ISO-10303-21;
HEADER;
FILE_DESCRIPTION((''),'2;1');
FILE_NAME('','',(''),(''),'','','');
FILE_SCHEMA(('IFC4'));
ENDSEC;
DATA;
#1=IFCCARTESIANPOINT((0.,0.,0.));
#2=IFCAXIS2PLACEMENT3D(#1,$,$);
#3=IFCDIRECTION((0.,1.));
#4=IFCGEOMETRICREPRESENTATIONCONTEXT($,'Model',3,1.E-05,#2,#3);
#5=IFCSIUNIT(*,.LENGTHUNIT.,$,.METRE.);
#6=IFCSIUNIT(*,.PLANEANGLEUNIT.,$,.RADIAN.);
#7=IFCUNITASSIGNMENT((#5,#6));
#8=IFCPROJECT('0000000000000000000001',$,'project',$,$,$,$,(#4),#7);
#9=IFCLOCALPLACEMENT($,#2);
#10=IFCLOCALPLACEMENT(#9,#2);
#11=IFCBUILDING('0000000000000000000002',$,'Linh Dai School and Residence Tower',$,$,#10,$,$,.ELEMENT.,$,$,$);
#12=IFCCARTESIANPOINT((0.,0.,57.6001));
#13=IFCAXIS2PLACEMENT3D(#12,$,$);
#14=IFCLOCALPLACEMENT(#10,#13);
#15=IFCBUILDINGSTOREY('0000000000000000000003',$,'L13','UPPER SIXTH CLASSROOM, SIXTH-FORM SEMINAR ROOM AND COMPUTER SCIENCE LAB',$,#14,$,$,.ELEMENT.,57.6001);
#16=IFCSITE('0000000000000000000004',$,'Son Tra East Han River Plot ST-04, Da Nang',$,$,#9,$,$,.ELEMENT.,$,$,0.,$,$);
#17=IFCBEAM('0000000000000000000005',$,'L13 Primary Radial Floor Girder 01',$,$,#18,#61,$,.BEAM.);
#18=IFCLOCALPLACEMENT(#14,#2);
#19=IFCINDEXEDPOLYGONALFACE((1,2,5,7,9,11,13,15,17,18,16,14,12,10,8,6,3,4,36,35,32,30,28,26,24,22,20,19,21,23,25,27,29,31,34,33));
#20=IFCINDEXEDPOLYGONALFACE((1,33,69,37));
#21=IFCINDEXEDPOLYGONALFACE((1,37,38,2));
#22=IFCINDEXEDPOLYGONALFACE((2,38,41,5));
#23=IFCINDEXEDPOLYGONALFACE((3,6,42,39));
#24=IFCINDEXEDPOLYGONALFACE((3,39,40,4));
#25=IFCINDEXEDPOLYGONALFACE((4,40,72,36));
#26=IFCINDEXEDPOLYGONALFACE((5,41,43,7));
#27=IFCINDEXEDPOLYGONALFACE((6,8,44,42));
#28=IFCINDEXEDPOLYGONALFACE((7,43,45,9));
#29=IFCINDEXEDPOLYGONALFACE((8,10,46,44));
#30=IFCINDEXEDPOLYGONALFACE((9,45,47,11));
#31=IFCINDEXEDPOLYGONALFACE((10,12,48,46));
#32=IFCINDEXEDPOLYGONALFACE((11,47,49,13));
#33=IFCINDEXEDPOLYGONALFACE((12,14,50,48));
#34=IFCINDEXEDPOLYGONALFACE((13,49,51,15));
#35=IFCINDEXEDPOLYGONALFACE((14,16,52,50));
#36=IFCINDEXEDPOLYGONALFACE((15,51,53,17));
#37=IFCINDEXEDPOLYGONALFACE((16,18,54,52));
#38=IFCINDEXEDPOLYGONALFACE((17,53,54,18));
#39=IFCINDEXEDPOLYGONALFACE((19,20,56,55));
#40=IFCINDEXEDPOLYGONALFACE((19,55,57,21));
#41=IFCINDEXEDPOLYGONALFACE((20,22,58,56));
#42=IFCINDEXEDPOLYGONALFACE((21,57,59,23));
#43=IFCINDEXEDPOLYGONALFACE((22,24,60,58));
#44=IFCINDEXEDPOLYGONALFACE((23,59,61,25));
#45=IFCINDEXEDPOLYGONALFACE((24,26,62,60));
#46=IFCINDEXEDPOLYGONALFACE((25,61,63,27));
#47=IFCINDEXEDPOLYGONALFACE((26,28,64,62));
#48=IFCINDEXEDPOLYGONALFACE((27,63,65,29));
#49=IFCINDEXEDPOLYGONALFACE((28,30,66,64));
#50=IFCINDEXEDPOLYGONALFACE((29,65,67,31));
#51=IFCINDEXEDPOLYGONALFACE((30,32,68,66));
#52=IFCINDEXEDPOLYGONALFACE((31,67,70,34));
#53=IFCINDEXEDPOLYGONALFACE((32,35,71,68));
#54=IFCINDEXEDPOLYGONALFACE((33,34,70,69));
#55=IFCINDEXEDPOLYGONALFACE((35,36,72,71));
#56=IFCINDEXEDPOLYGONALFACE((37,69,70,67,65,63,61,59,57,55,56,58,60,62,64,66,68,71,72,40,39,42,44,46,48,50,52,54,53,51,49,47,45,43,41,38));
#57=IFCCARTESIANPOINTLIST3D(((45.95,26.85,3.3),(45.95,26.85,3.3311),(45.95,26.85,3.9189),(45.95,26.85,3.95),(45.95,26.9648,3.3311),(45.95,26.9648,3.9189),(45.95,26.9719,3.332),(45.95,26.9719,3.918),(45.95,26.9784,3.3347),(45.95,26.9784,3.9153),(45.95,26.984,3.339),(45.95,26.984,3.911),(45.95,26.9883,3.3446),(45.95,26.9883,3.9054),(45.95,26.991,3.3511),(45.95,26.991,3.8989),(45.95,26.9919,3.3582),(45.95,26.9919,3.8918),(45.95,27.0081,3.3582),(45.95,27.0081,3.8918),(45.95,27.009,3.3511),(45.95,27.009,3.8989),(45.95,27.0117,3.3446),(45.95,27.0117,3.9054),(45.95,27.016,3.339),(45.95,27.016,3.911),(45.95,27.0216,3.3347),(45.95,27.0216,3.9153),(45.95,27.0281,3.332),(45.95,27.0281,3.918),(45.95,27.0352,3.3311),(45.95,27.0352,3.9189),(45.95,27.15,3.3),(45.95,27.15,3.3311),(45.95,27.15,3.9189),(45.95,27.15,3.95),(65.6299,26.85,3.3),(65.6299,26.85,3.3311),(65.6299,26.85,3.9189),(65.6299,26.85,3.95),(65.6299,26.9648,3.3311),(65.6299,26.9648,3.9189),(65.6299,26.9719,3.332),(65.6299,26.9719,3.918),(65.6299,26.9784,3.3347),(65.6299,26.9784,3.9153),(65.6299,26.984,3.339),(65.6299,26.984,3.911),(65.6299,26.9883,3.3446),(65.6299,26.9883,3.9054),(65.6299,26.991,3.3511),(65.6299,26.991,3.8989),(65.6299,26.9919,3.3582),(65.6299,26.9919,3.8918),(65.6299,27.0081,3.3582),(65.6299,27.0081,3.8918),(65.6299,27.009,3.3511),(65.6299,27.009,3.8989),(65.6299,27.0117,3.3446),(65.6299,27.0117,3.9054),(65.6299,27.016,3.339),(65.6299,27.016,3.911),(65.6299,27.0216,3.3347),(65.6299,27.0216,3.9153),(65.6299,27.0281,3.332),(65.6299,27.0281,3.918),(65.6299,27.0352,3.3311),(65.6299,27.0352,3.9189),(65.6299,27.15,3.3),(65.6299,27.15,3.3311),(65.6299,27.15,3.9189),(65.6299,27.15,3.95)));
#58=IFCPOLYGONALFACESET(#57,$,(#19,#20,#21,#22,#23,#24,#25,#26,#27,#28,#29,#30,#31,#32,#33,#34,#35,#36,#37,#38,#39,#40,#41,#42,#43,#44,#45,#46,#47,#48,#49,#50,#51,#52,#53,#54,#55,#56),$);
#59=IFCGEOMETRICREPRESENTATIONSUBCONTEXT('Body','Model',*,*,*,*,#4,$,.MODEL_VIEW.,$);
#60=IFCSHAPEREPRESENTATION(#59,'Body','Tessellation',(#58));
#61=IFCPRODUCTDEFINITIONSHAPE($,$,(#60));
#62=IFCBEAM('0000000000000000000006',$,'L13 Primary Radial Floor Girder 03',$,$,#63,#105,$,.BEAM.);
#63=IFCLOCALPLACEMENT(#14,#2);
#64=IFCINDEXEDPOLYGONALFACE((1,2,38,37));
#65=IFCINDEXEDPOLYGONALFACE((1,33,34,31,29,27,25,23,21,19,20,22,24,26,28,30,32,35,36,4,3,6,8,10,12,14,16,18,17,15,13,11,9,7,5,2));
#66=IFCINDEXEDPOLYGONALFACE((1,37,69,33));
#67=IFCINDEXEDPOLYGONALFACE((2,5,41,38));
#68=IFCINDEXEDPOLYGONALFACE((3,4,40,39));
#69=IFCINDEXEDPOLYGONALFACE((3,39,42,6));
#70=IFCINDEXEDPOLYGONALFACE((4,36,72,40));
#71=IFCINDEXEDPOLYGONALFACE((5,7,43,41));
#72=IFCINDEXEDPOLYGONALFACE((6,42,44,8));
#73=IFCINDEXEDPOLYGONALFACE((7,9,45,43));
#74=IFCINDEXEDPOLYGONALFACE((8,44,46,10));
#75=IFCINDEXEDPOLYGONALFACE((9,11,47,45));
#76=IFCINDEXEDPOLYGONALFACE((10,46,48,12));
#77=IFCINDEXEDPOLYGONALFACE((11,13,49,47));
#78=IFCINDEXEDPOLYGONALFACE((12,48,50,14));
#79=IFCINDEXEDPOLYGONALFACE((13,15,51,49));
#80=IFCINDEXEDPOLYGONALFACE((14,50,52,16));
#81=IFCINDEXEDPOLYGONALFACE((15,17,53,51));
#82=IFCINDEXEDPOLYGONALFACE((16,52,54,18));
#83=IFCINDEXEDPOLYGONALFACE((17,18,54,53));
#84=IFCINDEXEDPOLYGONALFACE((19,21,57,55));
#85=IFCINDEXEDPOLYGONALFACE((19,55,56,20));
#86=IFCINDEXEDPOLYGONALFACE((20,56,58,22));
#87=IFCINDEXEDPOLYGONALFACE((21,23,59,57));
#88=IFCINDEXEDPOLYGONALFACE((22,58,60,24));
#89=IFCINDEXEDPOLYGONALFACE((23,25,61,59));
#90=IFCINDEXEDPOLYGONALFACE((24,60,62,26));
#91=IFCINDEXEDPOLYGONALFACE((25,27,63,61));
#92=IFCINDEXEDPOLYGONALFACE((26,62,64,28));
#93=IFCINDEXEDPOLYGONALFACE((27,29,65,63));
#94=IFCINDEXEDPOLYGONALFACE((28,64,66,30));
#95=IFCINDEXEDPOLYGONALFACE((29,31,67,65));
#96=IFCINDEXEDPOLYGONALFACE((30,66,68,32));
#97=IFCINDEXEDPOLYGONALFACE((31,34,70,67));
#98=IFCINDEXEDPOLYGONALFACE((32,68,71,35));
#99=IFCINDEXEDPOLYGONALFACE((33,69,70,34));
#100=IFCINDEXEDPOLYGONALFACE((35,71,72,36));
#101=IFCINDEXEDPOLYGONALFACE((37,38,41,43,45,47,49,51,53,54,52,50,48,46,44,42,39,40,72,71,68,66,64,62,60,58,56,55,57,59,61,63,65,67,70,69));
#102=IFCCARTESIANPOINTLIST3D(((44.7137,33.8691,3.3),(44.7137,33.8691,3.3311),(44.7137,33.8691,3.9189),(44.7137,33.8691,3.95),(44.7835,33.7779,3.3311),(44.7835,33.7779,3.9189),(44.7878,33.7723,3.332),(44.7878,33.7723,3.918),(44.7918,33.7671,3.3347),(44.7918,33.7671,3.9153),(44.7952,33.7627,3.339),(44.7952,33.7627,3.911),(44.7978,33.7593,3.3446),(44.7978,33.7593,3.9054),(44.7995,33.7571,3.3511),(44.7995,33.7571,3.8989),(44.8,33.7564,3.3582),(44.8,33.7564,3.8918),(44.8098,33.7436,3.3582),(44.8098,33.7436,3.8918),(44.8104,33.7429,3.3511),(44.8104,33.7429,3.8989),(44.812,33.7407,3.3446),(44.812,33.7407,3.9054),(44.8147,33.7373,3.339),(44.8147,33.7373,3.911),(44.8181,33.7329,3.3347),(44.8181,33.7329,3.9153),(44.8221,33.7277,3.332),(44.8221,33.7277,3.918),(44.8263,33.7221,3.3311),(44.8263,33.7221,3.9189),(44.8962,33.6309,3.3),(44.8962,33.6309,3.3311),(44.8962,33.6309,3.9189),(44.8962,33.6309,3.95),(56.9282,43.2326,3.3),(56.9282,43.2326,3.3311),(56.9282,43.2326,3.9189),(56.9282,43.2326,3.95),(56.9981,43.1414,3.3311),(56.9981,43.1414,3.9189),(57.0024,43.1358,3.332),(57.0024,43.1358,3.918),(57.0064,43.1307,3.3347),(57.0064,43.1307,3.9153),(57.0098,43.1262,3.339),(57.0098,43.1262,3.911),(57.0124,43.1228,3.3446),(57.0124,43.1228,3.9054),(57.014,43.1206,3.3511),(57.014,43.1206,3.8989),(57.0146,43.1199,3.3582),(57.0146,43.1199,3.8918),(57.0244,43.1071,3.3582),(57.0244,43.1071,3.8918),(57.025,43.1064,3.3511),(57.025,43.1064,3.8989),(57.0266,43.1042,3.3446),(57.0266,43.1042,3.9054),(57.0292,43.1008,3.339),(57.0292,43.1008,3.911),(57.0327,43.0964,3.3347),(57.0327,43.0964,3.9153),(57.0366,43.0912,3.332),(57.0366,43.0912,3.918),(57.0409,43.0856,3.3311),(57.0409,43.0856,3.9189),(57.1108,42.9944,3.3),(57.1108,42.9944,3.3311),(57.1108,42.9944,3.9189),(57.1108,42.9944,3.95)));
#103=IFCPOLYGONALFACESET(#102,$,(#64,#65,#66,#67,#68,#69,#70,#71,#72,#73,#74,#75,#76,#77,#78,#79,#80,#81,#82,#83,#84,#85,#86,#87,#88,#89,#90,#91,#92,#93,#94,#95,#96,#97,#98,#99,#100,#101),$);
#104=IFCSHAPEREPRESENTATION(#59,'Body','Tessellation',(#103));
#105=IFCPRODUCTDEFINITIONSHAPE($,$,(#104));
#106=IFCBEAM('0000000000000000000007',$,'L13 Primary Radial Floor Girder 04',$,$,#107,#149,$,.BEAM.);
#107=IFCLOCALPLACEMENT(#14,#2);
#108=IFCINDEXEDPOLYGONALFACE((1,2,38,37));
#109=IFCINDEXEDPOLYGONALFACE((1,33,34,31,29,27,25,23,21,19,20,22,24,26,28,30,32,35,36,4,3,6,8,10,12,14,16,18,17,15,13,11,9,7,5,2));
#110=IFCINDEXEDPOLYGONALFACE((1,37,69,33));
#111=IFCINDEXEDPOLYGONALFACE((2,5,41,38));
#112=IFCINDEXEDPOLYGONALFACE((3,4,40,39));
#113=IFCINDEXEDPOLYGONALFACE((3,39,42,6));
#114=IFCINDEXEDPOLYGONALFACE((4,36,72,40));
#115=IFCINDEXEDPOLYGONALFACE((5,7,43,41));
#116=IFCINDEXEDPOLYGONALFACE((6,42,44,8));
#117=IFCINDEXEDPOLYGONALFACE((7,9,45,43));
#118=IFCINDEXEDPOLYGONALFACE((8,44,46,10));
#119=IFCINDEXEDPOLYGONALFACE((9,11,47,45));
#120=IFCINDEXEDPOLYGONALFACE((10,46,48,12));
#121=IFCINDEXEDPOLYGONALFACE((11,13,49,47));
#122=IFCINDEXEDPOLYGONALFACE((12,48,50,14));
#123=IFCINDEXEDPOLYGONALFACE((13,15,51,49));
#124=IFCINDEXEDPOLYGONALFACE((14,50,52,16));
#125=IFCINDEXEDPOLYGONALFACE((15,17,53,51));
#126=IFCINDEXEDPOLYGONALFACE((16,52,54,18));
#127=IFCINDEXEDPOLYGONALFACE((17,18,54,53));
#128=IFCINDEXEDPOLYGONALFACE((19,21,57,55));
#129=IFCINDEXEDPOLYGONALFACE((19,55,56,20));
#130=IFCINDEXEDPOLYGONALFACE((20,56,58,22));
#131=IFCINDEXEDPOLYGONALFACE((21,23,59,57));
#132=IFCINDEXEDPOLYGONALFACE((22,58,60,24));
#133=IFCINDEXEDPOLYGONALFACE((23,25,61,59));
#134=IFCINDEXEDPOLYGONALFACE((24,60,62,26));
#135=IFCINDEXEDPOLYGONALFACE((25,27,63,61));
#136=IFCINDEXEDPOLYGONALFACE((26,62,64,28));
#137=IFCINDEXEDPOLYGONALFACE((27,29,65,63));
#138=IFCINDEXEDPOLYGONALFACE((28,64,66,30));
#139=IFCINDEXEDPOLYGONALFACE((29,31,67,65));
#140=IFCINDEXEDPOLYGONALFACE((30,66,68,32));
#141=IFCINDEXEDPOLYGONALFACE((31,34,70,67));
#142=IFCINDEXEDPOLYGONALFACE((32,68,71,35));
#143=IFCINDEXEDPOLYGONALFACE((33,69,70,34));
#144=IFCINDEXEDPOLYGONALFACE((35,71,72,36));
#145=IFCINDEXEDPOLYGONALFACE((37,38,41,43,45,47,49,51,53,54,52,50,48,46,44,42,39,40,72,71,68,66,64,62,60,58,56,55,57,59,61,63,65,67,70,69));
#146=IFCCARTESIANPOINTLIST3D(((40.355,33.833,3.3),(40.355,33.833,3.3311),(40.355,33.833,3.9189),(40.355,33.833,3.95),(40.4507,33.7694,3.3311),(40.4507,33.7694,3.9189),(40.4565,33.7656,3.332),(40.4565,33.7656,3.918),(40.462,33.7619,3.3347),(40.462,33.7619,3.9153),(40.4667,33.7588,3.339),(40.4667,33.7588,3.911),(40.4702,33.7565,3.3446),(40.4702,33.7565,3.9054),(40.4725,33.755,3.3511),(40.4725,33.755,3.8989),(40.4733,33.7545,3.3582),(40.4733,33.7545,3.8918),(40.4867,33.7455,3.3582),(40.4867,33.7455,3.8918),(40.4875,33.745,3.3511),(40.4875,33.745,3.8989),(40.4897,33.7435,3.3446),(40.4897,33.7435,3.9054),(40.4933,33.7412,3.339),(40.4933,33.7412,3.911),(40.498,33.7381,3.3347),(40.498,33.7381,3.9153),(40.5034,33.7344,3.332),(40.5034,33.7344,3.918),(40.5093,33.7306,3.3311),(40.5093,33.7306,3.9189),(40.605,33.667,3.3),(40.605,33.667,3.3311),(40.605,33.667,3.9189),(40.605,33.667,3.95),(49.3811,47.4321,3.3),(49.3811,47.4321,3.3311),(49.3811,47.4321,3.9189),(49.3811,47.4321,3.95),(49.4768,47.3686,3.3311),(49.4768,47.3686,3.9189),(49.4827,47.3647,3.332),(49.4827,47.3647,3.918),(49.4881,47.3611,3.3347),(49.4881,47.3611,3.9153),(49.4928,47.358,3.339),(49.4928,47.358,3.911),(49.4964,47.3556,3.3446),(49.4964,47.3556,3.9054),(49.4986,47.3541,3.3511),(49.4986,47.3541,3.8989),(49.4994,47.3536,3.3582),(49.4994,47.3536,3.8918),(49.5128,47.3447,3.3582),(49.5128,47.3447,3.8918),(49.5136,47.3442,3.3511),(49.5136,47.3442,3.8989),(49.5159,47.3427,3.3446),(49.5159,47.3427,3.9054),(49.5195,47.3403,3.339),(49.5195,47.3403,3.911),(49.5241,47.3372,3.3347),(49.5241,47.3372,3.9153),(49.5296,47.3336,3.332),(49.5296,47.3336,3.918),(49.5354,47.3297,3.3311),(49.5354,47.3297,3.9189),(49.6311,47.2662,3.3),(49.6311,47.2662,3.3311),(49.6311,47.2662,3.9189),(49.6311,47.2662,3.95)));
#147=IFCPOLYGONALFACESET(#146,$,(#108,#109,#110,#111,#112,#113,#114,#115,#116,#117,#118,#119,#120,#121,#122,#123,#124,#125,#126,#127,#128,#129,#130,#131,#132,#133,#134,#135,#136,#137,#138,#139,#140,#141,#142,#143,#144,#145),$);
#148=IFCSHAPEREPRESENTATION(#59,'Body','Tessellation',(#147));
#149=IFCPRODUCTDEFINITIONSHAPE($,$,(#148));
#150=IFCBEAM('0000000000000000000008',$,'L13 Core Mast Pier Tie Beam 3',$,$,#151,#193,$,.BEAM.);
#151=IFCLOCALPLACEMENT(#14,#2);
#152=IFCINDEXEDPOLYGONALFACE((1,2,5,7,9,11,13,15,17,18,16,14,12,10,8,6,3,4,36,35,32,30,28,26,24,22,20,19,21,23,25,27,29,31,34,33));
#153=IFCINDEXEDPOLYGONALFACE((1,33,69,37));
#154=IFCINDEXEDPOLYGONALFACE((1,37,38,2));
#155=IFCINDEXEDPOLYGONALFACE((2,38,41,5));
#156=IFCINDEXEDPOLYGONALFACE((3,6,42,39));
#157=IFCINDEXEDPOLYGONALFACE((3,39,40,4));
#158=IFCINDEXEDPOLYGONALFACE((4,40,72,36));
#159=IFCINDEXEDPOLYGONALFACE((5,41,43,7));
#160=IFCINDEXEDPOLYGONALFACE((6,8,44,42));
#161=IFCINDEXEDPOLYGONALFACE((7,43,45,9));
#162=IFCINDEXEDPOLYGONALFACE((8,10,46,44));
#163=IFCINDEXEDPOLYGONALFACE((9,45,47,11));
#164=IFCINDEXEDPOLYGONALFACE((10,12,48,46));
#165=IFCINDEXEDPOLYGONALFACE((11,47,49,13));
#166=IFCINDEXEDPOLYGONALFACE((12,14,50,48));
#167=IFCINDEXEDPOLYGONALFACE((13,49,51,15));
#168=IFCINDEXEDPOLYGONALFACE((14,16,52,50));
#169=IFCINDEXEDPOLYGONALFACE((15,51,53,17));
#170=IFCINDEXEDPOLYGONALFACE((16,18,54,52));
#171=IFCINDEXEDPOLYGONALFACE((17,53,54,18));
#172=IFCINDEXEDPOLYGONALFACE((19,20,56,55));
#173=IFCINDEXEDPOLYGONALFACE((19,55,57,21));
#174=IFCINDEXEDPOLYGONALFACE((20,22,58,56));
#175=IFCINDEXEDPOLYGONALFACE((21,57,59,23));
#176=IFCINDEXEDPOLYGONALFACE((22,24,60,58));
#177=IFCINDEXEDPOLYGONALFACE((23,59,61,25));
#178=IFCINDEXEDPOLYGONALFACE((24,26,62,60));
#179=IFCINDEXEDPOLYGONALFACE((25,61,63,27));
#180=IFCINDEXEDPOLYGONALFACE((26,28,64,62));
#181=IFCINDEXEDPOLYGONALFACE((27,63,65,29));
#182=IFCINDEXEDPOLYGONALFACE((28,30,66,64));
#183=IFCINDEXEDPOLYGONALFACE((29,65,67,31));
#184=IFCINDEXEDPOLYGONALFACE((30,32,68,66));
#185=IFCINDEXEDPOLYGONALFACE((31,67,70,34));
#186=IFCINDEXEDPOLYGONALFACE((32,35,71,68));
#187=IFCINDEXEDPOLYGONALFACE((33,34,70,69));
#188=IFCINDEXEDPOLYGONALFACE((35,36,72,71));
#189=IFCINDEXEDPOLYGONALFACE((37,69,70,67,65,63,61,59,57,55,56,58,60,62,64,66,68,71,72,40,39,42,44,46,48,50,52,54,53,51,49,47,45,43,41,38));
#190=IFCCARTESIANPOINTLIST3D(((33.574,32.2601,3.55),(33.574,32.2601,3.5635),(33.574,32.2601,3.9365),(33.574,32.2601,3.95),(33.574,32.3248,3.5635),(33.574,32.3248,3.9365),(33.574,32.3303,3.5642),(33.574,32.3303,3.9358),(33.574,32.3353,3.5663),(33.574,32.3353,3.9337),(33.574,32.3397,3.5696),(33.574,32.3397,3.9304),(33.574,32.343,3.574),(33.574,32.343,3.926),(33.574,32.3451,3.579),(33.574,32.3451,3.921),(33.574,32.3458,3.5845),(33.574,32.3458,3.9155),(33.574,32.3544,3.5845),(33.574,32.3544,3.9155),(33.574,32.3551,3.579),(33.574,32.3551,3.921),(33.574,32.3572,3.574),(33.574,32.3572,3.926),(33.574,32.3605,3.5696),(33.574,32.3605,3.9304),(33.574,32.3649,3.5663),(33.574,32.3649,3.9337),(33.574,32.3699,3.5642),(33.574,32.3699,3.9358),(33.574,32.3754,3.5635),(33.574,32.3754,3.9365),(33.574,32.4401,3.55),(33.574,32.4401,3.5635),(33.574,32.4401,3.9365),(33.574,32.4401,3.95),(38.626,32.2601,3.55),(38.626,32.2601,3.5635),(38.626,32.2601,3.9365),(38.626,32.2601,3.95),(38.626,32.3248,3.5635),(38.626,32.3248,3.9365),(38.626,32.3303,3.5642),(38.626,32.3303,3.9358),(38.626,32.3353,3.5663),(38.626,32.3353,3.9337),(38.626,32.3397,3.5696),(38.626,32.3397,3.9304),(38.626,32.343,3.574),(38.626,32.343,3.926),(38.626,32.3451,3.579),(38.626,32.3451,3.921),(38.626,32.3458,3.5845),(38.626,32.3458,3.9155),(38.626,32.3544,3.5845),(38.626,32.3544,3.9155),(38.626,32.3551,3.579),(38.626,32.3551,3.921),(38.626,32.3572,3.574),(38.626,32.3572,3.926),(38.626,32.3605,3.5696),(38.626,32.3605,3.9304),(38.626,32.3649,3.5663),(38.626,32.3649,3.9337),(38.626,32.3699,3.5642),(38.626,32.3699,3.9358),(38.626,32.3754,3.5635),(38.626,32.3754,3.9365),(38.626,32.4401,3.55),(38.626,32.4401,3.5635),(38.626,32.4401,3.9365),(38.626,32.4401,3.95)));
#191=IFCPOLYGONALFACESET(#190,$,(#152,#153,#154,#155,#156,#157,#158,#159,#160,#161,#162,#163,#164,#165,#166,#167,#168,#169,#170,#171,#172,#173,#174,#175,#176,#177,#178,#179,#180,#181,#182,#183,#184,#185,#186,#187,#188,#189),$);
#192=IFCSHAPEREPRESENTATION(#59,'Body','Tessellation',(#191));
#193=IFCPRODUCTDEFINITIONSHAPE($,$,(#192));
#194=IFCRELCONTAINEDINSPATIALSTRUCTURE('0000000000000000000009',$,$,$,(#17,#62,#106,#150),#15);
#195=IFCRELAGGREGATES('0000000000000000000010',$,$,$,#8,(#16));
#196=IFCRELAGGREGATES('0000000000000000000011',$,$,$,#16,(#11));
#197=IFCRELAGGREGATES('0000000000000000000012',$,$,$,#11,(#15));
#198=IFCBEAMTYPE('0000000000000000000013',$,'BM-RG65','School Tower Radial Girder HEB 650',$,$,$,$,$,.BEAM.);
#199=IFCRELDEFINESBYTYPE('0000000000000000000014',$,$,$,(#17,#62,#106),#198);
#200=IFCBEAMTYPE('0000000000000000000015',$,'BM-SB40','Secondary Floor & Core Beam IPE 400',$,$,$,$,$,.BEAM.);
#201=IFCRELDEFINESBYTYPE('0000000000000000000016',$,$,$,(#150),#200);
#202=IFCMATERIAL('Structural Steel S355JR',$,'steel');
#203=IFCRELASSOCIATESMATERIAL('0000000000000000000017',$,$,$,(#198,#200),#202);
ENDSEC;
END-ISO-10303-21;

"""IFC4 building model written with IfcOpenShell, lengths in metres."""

from ifc_helpers import new_model, si_unit, direction, frame, origin, origin_2d, place, context, subcontext, project, spatial, i_section, extrude, material, material_profile, profile_set, type_object, element, save


model = new_model("IFC4")

# Units and contexts
model_context = context("Model", 3, precision=1e-05, world=origin(), true_north=direction((0.0, 1.0)))
body_context = subcontext(model_context, "Body", "Model", "MODEL_VIEW")
ifc_project = project(units=[si_unit("LENGTHUNIT", "METRE"), si_unit("PLANEANGLEUNIT", "RADIAN")], contexts=[model_context])

# Site, building, storey
site_placement = place(None, origin())
site = spatial("IfcSite", under=ifc_project, at=site_placement, Name="Son Tra East Han River Plot ST-04, Da Nang", CompositionType="ELEMENT", RefElevation=0.0)
building_placement = place(site_placement, origin())
building = spatial("IfcBuilding", under=site, at=building_placement, Name="Linh Dai School and Residence Tower", CompositionType="ELEMENT")
storey_placement = place(building_placement, frame((0.0, 0.0, 57.6001)))
storey = spatial("IfcBuildingStorey", under=building, at=storey_placement, Name="L13", Description="UPPER SIXTH CLASSROOM, SIXTH-FORM SEMINAR ROOM AND COMPUTER SCIENCE LAB", CompositionType="ELEMENT", Elevation=57.6001)

# Shared definitions
ifc_material_1 = material(Name="Structural Steel S355JR", Category="steel")

# Beams
ifc_material_profile_1 = material_profile(ifc_material_1, i_section(OverallWidth=0.3, OverallDepth=0.6499, WebThickness=0.0161, FlangeThickness=0.031, FilletRadius=0.0271, at=origin_2d()), Name="HEB 650")
ifc_profile_set_1 = profile_set([ifc_material_profile_1], Name="Structural Steel S355JR")
beam_type_1 = type_object("IfcBeamType", Name="BM-RG65", Description="School Tower Radial Girder HEB 650", PredefinedType="BEAM", material=ifc_profile_set_1)
beam_1_placement = place(storey_placement, frame((45.95, 27.0, 3.625), z_axis=(1.0, 0.0, 0.0), x_axis=(0.0, 1.0, 0.0)))
element("IfcBeam", 1, at=beam_1_placement, inside=storey, type_object=beam_type_1, Name="L13 Primary Radial Floor Girder 01", PredefinedType="BEAM", context=body_context, shape_type="SweptSolid", body=[
    extrude(i_section(OverallWidth=0.3, OverallDepth=0.6499, WebThickness=0.0161, FlangeThickness=0.031, FilletRadius=0.0271, at=origin_2d()), origin(), (0.0, 0.0, 1.0), 19.6799),
])
beam_2_placement = place(storey_placement, frame((44.8049, 33.75, 3.625), z_axis=(0.793638, 0.608391, 0.0), x_axis=(-0.608391, 0.793638, 0.0)))
element("IfcBeam", 2, at=beam_2_placement, inside=storey, type_object=beam_type_1, Name="L13 Primary Radial Floor Girder 03", PredefinedType="BEAM", context=body_context, shape_type="SweptSolid", body=[
    extrude(i_section(OverallWidth=0.3, OverallDepth=0.6499, WebThickness=0.0161, FlangeThickness=0.031, FilletRadius=0.0271, at=origin_2d()), origin(), (0.0, 0.0, 1.0), 15.3906),
])
beam_3_placement = place(storey_placement, frame((40.48, 33.75, 3.625), z_axis=(0.553004, 0.833178, 0.0), x_axis=(-0.833178, 0.553004, 0.0)))
element("IfcBeam", 3, at=beam_3_placement, inside=storey, type_object=beam_type_1, Name="L13 Primary Radial Floor Girder 04", PredefinedType="BEAM", context=body_context, shape_type="SweptSolid", body=[
    extrude(i_section(OverallWidth=0.3, OverallDepth=0.6499, WebThickness=0.0161, FlangeThickness=0.031, FilletRadius=0.0271, at=origin_2d()), origin(), (0.0, 0.0, 1.0), 16.322),
])
ifc_material_profile_2 = material_profile(ifc_material_1, i_section(OverallWidth=0.1799, OverallDepth=0.3999, WebThickness=0.0085, FlangeThickness=0.0134, FilletRadius=0.021, at=origin_2d()), Name="IPE 400")
ifc_profile_set_2 = profile_set([ifc_material_profile_2], Name="Structural Steel S355JR")
beam_type_2 = type_object("IfcBeamType", Name="BM-SB40", Description="Secondary Floor & Core Beam IPE 400", PredefinedType="BEAM", material=ifc_profile_set_2)
beam_4_placement = place(storey_placement, frame((38.626, 32.3501, 3.75), z_axis=(-1.0, 0.0, 0.0), x_axis=(0.0, -1.0, 0.0)))
element("IfcBeam", 4, at=beam_4_placement, inside=storey, type_object=beam_type_2, Name="L13 Core Mast Pier Tie Beam 3", PredefinedType="BEAM", context=body_context, shape_type="SweptSolid", body=[
    extrude(i_section(OverallWidth=0.1799, OverallDepth=0.3999, WebThickness=0.0085, FlangeThickness=0.0134, FilletRadius=0.021, at=origin_2d()), origin(), (0.0, 0.0, 1.0), 5.052),
])

save(model, "model.ifc")
